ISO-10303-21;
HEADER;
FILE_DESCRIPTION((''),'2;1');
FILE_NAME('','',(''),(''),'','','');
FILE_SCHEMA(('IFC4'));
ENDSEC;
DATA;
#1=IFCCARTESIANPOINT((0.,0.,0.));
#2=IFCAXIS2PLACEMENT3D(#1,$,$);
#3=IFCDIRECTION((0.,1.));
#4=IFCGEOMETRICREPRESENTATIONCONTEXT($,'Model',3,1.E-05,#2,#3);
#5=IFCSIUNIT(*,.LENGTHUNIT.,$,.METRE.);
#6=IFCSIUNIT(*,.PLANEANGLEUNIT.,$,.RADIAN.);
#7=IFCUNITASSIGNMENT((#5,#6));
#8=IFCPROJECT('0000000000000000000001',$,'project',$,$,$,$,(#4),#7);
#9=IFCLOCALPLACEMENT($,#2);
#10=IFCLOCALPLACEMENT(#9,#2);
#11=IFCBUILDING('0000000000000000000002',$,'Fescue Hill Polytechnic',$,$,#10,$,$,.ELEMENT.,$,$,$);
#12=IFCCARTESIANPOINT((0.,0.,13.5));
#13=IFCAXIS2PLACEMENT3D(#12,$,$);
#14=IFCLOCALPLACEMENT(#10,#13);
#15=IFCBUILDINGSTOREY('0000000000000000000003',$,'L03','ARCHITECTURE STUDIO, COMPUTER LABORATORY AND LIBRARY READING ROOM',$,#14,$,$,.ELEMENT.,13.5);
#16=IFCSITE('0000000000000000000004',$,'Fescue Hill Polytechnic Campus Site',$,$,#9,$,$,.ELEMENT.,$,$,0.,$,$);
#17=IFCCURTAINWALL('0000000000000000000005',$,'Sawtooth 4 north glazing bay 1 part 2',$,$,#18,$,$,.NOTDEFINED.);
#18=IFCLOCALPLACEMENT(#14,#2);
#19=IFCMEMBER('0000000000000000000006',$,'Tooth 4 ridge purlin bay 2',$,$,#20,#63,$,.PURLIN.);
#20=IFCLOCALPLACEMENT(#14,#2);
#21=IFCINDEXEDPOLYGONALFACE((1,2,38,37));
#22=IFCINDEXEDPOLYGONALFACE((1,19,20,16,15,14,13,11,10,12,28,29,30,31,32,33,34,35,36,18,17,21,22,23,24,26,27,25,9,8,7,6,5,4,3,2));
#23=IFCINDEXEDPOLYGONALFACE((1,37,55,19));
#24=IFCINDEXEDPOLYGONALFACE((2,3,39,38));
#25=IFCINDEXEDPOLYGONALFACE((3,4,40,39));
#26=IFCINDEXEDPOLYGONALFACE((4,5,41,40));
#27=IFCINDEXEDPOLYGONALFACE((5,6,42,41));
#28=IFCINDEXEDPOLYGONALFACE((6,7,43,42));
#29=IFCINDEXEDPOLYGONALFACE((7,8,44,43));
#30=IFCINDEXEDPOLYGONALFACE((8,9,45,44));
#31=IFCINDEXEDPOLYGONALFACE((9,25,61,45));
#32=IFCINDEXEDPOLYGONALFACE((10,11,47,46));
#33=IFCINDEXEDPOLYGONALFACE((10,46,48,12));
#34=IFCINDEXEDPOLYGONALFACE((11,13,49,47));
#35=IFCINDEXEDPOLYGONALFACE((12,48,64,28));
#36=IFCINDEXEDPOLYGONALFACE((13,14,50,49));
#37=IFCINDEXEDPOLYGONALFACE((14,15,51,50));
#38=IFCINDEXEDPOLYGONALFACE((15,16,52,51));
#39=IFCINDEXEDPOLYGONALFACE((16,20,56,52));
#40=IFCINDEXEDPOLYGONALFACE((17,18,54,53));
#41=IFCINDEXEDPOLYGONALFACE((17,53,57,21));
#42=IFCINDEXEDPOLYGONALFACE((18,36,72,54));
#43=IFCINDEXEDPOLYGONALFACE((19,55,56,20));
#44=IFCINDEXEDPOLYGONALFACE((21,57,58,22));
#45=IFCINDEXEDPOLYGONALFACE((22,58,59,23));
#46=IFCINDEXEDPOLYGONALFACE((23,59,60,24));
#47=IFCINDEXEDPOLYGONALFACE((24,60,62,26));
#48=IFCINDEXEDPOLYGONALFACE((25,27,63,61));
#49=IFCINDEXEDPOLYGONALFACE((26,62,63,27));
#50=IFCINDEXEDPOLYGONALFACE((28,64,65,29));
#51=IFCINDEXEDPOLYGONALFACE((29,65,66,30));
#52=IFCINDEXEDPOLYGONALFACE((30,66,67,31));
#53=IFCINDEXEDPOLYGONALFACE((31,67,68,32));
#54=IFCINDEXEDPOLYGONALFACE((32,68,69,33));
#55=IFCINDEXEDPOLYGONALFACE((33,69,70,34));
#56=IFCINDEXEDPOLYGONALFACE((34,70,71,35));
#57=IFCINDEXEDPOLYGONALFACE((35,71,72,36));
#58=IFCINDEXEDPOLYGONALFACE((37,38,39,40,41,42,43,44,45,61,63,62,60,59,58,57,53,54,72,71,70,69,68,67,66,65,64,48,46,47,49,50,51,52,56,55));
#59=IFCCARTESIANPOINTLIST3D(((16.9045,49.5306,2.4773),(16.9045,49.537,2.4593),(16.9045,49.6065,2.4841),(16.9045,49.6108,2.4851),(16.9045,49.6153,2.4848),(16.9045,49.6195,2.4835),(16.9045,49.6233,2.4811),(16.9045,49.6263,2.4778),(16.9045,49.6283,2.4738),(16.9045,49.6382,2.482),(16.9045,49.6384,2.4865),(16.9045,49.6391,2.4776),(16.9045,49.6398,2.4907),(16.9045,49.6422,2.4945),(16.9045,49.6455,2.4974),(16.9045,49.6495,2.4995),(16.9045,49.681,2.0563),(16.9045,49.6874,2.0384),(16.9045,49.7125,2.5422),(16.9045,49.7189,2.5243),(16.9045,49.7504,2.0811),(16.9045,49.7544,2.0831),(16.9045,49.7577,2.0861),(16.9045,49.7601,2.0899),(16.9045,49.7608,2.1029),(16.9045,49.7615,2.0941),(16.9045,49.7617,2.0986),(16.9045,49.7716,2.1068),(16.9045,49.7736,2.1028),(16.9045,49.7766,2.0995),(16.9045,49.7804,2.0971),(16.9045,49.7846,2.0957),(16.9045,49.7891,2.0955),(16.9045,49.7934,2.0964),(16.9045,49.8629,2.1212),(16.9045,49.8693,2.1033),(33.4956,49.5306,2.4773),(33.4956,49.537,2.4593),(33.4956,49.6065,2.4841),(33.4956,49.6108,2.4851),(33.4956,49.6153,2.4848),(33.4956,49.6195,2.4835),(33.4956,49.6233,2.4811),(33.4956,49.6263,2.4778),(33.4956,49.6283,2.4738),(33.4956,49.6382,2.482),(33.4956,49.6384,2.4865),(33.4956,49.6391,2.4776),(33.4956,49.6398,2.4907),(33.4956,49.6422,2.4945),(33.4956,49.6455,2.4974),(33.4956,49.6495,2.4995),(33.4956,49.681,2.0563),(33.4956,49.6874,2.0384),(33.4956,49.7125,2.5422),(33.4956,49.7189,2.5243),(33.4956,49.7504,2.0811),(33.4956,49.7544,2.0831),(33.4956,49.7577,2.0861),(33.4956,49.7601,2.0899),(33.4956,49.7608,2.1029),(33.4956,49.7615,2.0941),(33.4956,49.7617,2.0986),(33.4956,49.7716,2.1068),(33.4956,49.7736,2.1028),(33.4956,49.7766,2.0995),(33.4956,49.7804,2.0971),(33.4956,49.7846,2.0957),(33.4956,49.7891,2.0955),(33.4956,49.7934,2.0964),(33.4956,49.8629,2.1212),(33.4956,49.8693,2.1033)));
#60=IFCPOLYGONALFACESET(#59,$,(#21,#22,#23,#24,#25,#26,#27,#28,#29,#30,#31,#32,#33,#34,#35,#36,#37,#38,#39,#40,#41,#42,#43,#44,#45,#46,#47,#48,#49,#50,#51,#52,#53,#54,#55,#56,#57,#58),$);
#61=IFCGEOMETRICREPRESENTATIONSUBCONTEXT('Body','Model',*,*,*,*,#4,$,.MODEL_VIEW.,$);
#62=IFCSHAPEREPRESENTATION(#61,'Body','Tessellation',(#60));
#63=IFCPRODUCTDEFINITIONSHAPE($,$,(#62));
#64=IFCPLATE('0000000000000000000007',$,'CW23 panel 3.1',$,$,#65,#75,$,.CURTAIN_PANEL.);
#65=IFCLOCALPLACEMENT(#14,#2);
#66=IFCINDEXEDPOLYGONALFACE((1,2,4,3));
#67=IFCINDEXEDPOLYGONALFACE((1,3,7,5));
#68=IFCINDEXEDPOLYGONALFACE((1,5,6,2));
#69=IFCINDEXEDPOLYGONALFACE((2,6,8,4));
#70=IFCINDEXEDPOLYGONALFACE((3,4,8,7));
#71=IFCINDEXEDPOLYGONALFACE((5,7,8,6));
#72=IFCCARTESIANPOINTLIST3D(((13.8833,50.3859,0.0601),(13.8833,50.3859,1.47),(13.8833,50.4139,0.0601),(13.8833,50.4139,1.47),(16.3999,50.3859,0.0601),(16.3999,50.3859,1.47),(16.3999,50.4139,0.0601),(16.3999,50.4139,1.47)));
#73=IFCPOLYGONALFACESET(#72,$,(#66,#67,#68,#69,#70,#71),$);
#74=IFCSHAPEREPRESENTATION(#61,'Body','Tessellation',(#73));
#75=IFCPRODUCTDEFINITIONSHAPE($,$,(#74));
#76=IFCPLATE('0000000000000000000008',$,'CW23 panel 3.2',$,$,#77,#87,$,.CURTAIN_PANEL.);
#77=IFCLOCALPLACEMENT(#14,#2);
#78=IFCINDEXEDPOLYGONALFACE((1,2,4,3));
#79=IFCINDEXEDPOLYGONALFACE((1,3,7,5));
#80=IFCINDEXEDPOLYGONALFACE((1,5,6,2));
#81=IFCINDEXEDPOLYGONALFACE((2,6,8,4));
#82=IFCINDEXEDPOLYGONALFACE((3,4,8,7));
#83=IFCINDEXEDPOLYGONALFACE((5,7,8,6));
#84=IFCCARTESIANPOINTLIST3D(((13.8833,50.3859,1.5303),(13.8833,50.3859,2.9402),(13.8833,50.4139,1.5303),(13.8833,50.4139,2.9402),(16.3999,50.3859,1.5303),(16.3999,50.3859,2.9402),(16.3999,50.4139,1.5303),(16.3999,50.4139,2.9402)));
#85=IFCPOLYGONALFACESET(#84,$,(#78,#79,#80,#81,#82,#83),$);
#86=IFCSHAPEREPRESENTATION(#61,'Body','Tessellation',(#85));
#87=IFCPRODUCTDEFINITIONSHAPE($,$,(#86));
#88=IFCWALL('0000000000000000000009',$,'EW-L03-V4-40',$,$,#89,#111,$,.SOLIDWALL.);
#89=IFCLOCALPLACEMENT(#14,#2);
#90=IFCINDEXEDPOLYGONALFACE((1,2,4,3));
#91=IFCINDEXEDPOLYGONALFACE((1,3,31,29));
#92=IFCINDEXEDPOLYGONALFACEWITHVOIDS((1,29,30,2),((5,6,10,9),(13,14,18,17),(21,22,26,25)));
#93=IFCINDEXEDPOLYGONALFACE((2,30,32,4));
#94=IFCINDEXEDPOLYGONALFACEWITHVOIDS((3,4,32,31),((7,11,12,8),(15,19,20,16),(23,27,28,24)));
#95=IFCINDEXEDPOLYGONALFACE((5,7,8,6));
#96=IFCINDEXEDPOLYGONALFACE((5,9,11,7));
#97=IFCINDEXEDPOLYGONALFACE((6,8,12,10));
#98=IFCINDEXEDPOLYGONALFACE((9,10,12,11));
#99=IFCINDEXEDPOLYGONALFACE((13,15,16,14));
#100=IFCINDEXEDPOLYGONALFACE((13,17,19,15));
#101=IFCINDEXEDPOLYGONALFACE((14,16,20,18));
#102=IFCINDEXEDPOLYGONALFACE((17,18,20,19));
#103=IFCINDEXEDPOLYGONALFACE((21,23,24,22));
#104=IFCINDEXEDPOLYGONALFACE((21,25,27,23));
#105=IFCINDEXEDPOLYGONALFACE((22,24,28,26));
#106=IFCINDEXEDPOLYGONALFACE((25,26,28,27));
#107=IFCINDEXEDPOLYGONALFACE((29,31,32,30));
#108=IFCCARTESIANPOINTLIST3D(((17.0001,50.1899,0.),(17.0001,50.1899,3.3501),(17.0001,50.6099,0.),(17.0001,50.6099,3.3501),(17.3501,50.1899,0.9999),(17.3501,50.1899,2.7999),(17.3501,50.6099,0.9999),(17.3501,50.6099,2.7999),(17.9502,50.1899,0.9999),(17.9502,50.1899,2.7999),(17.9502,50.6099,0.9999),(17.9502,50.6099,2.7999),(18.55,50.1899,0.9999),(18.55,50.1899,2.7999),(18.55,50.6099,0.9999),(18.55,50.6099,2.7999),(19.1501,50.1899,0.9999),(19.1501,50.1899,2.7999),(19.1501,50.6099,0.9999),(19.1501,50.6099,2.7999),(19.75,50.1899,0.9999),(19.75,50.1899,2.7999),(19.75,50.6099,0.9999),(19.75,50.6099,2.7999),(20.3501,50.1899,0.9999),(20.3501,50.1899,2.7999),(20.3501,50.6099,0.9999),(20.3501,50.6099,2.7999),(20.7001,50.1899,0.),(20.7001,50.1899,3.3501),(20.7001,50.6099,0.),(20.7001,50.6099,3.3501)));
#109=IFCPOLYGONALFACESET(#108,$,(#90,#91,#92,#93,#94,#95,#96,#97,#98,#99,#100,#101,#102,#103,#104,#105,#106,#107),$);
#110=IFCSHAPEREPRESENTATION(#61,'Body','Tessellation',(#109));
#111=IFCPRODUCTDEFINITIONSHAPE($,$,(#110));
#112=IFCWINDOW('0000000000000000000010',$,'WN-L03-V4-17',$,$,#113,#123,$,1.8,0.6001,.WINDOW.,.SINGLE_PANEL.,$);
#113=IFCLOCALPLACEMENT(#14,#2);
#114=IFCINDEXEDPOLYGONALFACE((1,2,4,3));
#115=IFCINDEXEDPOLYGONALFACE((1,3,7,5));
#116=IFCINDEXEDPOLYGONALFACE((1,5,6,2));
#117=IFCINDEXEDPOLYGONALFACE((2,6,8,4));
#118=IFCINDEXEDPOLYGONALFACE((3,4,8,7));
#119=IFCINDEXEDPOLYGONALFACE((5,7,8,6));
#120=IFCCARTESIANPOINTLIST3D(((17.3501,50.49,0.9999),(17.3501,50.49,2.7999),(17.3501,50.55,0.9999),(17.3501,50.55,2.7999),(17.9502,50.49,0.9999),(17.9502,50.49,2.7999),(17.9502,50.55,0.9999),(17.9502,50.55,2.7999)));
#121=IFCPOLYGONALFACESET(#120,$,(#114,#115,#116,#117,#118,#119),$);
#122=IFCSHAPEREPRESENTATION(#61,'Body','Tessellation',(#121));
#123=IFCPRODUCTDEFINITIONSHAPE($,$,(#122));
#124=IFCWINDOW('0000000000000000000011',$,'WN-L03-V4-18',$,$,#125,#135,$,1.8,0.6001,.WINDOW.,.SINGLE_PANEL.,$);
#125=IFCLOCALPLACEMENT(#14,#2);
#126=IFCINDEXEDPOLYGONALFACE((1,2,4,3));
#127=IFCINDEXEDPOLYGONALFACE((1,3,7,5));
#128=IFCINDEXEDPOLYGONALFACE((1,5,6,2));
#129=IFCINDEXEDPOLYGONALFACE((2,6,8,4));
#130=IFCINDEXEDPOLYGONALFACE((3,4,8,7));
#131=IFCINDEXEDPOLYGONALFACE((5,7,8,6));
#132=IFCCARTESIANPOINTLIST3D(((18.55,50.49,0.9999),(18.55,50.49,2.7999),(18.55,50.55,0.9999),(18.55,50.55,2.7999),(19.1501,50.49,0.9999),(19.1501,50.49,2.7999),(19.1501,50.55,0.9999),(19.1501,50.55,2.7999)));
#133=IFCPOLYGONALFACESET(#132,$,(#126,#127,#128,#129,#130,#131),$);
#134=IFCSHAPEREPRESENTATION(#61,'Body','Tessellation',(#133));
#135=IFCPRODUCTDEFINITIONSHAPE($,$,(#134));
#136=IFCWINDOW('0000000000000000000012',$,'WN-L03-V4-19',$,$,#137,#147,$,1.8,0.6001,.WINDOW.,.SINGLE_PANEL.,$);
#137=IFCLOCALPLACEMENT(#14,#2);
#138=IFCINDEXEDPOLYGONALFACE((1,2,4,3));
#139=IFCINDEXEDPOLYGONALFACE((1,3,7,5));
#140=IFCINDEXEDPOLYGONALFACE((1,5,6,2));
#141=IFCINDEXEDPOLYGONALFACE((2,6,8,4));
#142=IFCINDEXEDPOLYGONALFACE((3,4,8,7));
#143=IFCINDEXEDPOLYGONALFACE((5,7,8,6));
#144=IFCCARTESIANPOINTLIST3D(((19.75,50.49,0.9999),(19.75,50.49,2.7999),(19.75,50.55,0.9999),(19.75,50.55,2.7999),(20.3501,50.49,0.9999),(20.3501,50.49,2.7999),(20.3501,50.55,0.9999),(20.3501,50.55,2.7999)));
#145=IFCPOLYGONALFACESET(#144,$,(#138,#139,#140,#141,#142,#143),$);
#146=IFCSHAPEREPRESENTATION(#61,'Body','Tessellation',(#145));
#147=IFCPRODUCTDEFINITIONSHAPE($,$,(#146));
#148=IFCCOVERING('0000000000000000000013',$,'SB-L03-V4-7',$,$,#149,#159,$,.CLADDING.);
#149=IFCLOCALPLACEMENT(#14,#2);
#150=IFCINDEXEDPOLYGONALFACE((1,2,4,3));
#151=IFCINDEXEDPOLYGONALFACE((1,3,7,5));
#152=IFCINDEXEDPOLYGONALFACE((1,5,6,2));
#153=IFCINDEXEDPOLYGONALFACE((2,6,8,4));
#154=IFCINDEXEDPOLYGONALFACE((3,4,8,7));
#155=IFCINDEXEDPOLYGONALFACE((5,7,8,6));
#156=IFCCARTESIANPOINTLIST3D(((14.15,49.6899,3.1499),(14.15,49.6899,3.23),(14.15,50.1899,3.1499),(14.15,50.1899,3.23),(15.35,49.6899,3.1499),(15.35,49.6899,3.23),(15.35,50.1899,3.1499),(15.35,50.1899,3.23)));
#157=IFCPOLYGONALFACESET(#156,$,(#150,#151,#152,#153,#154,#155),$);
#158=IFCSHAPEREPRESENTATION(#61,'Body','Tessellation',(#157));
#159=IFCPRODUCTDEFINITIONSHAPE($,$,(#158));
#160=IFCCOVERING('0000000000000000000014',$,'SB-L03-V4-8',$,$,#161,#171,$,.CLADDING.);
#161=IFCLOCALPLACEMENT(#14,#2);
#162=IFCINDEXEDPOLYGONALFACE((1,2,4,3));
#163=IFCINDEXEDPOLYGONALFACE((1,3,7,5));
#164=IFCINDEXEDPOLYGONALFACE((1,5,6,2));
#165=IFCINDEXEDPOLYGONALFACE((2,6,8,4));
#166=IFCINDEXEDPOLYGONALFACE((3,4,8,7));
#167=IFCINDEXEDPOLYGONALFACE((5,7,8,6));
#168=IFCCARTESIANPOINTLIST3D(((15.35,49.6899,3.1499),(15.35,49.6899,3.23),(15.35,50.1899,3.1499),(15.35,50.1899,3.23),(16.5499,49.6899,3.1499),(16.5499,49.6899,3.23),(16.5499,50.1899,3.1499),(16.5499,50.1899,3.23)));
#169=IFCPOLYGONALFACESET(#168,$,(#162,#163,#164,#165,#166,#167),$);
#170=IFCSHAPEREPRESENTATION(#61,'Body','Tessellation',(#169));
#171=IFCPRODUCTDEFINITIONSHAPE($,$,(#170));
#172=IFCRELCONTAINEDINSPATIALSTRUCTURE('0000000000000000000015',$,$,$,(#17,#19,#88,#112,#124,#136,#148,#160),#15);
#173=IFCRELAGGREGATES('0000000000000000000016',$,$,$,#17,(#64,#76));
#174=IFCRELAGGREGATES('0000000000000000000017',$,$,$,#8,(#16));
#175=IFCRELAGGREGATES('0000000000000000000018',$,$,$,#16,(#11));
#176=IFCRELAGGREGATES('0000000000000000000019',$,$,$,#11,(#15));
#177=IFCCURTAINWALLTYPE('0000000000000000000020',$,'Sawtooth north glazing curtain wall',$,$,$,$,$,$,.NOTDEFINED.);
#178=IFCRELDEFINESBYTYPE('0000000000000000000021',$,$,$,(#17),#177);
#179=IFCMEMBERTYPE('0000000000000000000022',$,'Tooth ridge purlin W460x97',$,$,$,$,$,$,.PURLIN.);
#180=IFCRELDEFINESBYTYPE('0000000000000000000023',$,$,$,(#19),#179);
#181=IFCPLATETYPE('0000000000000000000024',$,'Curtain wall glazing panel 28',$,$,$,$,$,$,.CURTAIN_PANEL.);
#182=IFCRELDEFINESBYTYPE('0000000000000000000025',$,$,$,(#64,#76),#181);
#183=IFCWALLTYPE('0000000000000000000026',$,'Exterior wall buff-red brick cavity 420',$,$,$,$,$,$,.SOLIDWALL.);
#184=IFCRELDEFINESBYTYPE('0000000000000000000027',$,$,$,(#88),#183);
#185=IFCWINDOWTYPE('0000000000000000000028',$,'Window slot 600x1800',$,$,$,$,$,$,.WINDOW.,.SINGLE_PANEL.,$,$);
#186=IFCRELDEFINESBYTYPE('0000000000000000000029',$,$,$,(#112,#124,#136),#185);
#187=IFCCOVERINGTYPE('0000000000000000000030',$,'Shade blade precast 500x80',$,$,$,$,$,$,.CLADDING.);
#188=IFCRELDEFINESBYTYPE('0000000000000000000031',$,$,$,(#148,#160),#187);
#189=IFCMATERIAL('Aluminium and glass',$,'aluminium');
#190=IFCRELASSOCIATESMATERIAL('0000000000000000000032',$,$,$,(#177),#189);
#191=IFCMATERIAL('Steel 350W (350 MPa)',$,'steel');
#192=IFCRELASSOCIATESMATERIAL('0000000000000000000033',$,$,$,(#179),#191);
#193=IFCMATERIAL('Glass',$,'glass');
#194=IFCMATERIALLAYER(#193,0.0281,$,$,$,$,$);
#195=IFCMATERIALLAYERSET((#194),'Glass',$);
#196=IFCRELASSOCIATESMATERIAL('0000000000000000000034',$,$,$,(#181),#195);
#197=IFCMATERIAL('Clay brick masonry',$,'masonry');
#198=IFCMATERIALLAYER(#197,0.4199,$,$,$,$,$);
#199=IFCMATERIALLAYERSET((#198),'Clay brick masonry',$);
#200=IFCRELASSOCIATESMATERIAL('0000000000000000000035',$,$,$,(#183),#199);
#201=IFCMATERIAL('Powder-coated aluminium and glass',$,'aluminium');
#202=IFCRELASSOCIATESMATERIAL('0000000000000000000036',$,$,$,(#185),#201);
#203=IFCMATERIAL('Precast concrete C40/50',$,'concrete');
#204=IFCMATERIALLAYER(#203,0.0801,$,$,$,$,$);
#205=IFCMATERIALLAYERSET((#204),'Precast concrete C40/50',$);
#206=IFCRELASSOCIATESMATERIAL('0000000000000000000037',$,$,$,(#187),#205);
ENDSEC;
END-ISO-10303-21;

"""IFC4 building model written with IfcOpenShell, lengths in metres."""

from ifc_helpers import new_model, si_unit, direction, frame, frame_2d, origin, origin_2d, place, context, subcontext, project, spatial, rectangle, i_section, extrude, material, layer, layer_set, material_profile, profile_set, type_object, element, fill, aggregate, save


model = new_model("IFC4")

# Units and contexts
model_context = context("Model", 3, precision=1e-05, world=origin(), true_north=direction((0.0, 1.0)))
body_context = subcontext(model_context, "Body", "Model", "MODEL_VIEW")
ifc_project = project(units=[si_unit("LENGTHUNIT", "METRE"), si_unit("PLANEANGLEUNIT", "RADIAN")], contexts=[model_context])

# Site, building, storey
site_placement = place(None, origin())
site = spatial("IfcSite", under=ifc_project, at=site_placement, Name="Fescue Hill Polytechnic Campus Site", CompositionType="ELEMENT", RefElevation=0.0)
building_placement = place(site_placement, origin())
building = spatial("IfcBuilding", under=site, at=building_placement, Name="Fescue Hill Polytechnic", CompositionType="ELEMENT")
storey_placement = place(building_placement, frame((0.0, 0.0, 13.5)))
storey = spatial("IfcBuildingStorey", under=building, at=storey_placement, Name="L03", Description="ARCHITECTURE STUDIO, COMPUTER LABORATORY AND LIBRARY READING ROOM", CompositionType="ELEMENT", Elevation=13.5)

# Curtain wall
ifc_material_1 = material(Name="Aluminium and glass", Category="aluminium")
curtain_wall_type = type_object("IfcCurtainWallType", Name="Sawtooth north glazing curtain wall", PredefinedType="NOTDEFINED", material=ifc_material_1)
curtain_wall_1_placement = place(storey_placement, origin())
curtain_wall_1 = element("IfcCurtainWall", 1, at=curtain_wall_1_placement, inside=storey, type_object=curtain_wall_type, Name="Sawtooth 4 north glazing bay 1 part 2", PredefinedType="NOTDEFINED")

# Member
ifc_material_2 = material(Name="Steel 350W (350 MPa)", Category="steel")
ifc_material_profile_1 = material_profile(ifc_material_2, i_section(OverallWidth=0.1931, OverallDepth=0.4661, WebThickness=0.0115, FlangeThickness=0.019, FilletRadius=0.0171, at=origin_2d()), Name="W460x97")
ifc_profile_set_1 = profile_set([ifc_material_profile_1], Name="Steel 350W (350 MPa)")
member_type_1 = type_object("IfcMemberType", Name="Tooth ridge purlin W460x97", PredefinedType="PURLIN", material=ifc_profile_set_1)
member_1_placement = place(storey_placement, frame((16.9045, 49.7, 2.2903), z_axis=(1.0, 0.0, 0.0), x_axis=(0.0, 0.941742, 0.336336)))
element("IfcMember", 2, at=member_1_placement, inside=storey, type_object=member_type_1, Name="Tooth 4 ridge purlin bay 2", PredefinedType="PURLIN", context=body_context, shape_type="SweptSolid", body=[
    extrude(i_section(OverallWidth=0.1931, OverallDepth=0.4661, WebThickness=0.0115, FlangeThickness=0.019, FilletRadius=0.0171, at=origin_2d()), origin(), (0.0, 0.0, 1.0), 16.5911),
])

# Plates
ifc_material_3 = material(Name="Glass", Category="glass")
ifc_layer_1 = layer(ifc_material_3, 0.0281)
ifc_layer_set_1 = layer_set([ifc_layer_1], Name="Glass")
plate_type = type_object("IfcPlateType", Name="Curtain wall glazing panel 28", PredefinedType="CURTAIN_PANEL", material=ifc_layer_set_1)
plate_1_placement = place(storey_placement, frame((15.1416, 50.3999, 0.0601), z_axis=(0.0, 0.0, 1.0), x_axis=(1.0, 0.0, 0.0)))
plate_1 = element("IfcPlate", 3, at=plate_1_placement, type_object=plate_type, Name="CW23 panel 3.1", PredefinedType="CURTAIN_PANEL", context=body_context, shape_type="SweptSolid", body=[
    extrude(rectangle(XDim=2.5166, YDim=0.0281, at=origin_2d()), origin(), (0.0, 0.0, 1.0), 1.4099),
])
plate_2_placement = place(storey_placement, frame((15.1416, 50.3999, 1.5303), z_axis=(0.0, 0.0, 1.0), x_axis=(1.0, 0.0, 0.0)))
plate_2 = element("IfcPlate", 4, at=plate_2_placement, type_object=plate_type, Name="CW23 panel 3.2", PredefinedType="CURTAIN_PANEL", context=body_context, shape_type="SweptSolid", body=[
    extrude(rectangle(XDim=2.5166, YDim=0.0281, at=origin_2d()), origin(), (0.0, 0.0, 1.0), 1.4099),
])
aggregate(curtain_wall_1, [plate_1, plate_2])

# Wall, openings, windows
ifc_material_4 = material(Name="Clay brick masonry", Category="masonry")
ifc_layer_2 = layer(ifc_material_4, 0.4199)
ifc_layer_set_2 = layer_set([ifc_layer_2], Name="Clay brick masonry")
wall_type = type_object("IfcWallType", Name="Exterior wall buff-red brick cavity 420", PredefinedType="SOLIDWALL", material=ifc_layer_set_2)
wall_placement = place(storey_placement, frame((17.0, 50.3999, 0.0), z_axis=(0.0, 0.0, 1.0), x_axis=(1.0, 0.0, 0.0)))
wall = element("IfcWall", 5, at=wall_placement, inside=storey, type_object=wall_type, Name="EW-L03-V4-40", PredefinedType="SOLIDWALL", context=body_context, shape_type="SweptSolid", body=[
    extrude(rectangle(XDim=3.7, YDim=0.4199, at=frame_2d((1.8501, 0.0))), origin(), (0.0, 0.0, 1.0), 3.3501),
])
opening_1_placement = place(wall_placement, frame((0.3501, 0.0, 1.0)))
opening_1 = element("IfcOpeningElement", 6, at=opening_1_placement, cuts=wall, PredefinedType="OPENING", context=body_context, shape_type="SweptSolid", body=[
    extrude(rectangle(XDim=0.6001, YDim=1.8, at=frame_2d((0.3, 0.8999))), frame((0.0, 0.22, 0.0), z_axis=(0.0, -1.0, 0.0), x_axis=(1.0, 0.0, 0.0)), (0.0, 0.0, 1.0), 0.4399),
])
opening_2_placement = place(wall_placement, frame((1.55, 0.0, 1.0)))
opening_2 = element("IfcOpeningElement", 7, at=opening_2_placement, cuts=wall, PredefinedType="OPENING", context=body_context, shape_type="SweptSolid", body=[
    extrude(rectangle(XDim=0.6001, YDim=1.8, at=frame_2d((0.3, 0.8999))), frame((0.0, 0.22, 0.0), z_axis=(0.0, -1.0, 0.0), x_axis=(1.0, 0.0, 0.0)), (0.0, 0.0, 1.0), 0.4399),
])
opening_3_placement = place(wall_placement, frame((2.75, 0.0, 1.0)))
opening_3 = element("IfcOpeningElement", 8, at=opening_3_placement, cuts=wall, PredefinedType="OPENING", context=body_context, shape_type="SweptSolid", body=[
    extrude(rectangle(XDim=0.6001, YDim=1.8, at=frame_2d((0.3, 0.8999))), frame((0.0, 0.22, 0.0), z_axis=(0.0, -1.0, 0.0), x_axis=(1.0, 0.0, 0.0)), (0.0, 0.0, 1.0), 0.4399),
])
ifc_material_5 = material(Name="Powder-coated aluminium and glass", Category="aluminium")
window_type = type_object("IfcWindowType", Name="Window slot 600x1800", PartitioningType="SINGLE_PANEL", PredefinedType="WINDOW", material=ifc_material_5)
window_1_placement = place(opening_1_placement, origin())
window_1 = element("IfcWindow", 9, at=window_1_placement, inside=storey, type_object=window_type, Name="WN-L03-V4-17", OverallHeight=1.8, OverallWidth=0.6001, PartitioningType="SINGLE_PANEL", PredefinedType="WINDOW", context=body_context, shape_type="SweptSolid", body=[
    extrude(rectangle(XDim=0.6001, YDim=1.8, at=frame_2d((0.3, 0.8999))), frame((0.0, 0.1501, 0.0), z_axis=(0.0, -1.0, 0.0), x_axis=(1.0, 0.0, 0.0)), (0.0, 0.0, 1.0), 0.0601),
])
fill(opening_1, window_1)
window_2_placement = place(opening_2_placement, origin())
window_2 = element("IfcWindow", 10, at=window_2_placement, inside=storey, type_object=window_type, Name="WN-L03-V4-18", OverallHeight=1.8, OverallWidth=0.6001, PartitioningType="SINGLE_PANEL", PredefinedType="WINDOW", context=body_context, shape_type="SweptSolid", body=[
    extrude(rectangle(XDim=0.6001, YDim=1.8, at=frame_2d((0.3, 0.8999))), frame((0.0, 0.1501, 0.0), z_axis=(0.0, -1.0, 0.0), x_axis=(1.0, 0.0, 0.0)), (0.0, 0.0, 1.0), 0.0601),
])
fill(opening_2, window_2)
window_3_placement = place(opening_3_placement, origin())
window_3 = element("IfcWindow", 11, at=window_3_placement, inside=storey, type_object=window_type, Name="WN-L03-V4-19", OverallHeight=1.8, OverallWidth=0.6001, PartitioningType="SINGLE_PANEL", PredefinedType="WINDOW", context=body_context, shape_type="SweptSolid", body=[
    extrude(rectangle(XDim=0.6001, YDim=1.8, at=frame_2d((0.3, 0.8999))), frame((0.0, 0.1501, 0.0), z_axis=(0.0, -1.0, 0.0), x_axis=(1.0, 0.0, 0.0)), (0.0, 0.0, 1.0), 0.0601),
])
fill(opening_3, window_3)

# Coverings
ifc_material_6 = material(Name="Precast concrete C40/50", Category="concrete")
ifc_layer_3 = layer(ifc_material_6, 0.0801)
ifc_layer_set_3 = layer_set([ifc_layer_3], Name="Precast concrete C40/50")
covering_type = type_object("IfcCoveringType", Name="Shade blade precast 500x80", PredefinedType="CLADDING", material=ifc_layer_set_3)
for number, where, z_axis, x_axis, name in (
    (12, (14.75, 49.9399, 3.1499), (0.0, 0.0, 1.0), (1.0, 0.0, 0.0), "SB-L03-V4-7"),
    (13, (15.95, 49.9399, 3.1499), (0.0, 0.0, 1.0), (1.0, 0.0, 0.0), "SB-L03-V4-8"),
):
    element("IfcCovering", number, at=place(storey_placement, frame(where, z_axis=z_axis, x_axis=x_axis)), inside=storey, type_object=covering_type, Name=name, PredefinedType="CLADDING", context=body_context, shape_type="SweptSolid", body=[
        extrude(rectangle(XDim=1.2, YDim=0.5, at=origin_2d()), origin(), (0.0, 0.0, 1.0), 0.0801),
    ])

save(model, "model.ifc")
